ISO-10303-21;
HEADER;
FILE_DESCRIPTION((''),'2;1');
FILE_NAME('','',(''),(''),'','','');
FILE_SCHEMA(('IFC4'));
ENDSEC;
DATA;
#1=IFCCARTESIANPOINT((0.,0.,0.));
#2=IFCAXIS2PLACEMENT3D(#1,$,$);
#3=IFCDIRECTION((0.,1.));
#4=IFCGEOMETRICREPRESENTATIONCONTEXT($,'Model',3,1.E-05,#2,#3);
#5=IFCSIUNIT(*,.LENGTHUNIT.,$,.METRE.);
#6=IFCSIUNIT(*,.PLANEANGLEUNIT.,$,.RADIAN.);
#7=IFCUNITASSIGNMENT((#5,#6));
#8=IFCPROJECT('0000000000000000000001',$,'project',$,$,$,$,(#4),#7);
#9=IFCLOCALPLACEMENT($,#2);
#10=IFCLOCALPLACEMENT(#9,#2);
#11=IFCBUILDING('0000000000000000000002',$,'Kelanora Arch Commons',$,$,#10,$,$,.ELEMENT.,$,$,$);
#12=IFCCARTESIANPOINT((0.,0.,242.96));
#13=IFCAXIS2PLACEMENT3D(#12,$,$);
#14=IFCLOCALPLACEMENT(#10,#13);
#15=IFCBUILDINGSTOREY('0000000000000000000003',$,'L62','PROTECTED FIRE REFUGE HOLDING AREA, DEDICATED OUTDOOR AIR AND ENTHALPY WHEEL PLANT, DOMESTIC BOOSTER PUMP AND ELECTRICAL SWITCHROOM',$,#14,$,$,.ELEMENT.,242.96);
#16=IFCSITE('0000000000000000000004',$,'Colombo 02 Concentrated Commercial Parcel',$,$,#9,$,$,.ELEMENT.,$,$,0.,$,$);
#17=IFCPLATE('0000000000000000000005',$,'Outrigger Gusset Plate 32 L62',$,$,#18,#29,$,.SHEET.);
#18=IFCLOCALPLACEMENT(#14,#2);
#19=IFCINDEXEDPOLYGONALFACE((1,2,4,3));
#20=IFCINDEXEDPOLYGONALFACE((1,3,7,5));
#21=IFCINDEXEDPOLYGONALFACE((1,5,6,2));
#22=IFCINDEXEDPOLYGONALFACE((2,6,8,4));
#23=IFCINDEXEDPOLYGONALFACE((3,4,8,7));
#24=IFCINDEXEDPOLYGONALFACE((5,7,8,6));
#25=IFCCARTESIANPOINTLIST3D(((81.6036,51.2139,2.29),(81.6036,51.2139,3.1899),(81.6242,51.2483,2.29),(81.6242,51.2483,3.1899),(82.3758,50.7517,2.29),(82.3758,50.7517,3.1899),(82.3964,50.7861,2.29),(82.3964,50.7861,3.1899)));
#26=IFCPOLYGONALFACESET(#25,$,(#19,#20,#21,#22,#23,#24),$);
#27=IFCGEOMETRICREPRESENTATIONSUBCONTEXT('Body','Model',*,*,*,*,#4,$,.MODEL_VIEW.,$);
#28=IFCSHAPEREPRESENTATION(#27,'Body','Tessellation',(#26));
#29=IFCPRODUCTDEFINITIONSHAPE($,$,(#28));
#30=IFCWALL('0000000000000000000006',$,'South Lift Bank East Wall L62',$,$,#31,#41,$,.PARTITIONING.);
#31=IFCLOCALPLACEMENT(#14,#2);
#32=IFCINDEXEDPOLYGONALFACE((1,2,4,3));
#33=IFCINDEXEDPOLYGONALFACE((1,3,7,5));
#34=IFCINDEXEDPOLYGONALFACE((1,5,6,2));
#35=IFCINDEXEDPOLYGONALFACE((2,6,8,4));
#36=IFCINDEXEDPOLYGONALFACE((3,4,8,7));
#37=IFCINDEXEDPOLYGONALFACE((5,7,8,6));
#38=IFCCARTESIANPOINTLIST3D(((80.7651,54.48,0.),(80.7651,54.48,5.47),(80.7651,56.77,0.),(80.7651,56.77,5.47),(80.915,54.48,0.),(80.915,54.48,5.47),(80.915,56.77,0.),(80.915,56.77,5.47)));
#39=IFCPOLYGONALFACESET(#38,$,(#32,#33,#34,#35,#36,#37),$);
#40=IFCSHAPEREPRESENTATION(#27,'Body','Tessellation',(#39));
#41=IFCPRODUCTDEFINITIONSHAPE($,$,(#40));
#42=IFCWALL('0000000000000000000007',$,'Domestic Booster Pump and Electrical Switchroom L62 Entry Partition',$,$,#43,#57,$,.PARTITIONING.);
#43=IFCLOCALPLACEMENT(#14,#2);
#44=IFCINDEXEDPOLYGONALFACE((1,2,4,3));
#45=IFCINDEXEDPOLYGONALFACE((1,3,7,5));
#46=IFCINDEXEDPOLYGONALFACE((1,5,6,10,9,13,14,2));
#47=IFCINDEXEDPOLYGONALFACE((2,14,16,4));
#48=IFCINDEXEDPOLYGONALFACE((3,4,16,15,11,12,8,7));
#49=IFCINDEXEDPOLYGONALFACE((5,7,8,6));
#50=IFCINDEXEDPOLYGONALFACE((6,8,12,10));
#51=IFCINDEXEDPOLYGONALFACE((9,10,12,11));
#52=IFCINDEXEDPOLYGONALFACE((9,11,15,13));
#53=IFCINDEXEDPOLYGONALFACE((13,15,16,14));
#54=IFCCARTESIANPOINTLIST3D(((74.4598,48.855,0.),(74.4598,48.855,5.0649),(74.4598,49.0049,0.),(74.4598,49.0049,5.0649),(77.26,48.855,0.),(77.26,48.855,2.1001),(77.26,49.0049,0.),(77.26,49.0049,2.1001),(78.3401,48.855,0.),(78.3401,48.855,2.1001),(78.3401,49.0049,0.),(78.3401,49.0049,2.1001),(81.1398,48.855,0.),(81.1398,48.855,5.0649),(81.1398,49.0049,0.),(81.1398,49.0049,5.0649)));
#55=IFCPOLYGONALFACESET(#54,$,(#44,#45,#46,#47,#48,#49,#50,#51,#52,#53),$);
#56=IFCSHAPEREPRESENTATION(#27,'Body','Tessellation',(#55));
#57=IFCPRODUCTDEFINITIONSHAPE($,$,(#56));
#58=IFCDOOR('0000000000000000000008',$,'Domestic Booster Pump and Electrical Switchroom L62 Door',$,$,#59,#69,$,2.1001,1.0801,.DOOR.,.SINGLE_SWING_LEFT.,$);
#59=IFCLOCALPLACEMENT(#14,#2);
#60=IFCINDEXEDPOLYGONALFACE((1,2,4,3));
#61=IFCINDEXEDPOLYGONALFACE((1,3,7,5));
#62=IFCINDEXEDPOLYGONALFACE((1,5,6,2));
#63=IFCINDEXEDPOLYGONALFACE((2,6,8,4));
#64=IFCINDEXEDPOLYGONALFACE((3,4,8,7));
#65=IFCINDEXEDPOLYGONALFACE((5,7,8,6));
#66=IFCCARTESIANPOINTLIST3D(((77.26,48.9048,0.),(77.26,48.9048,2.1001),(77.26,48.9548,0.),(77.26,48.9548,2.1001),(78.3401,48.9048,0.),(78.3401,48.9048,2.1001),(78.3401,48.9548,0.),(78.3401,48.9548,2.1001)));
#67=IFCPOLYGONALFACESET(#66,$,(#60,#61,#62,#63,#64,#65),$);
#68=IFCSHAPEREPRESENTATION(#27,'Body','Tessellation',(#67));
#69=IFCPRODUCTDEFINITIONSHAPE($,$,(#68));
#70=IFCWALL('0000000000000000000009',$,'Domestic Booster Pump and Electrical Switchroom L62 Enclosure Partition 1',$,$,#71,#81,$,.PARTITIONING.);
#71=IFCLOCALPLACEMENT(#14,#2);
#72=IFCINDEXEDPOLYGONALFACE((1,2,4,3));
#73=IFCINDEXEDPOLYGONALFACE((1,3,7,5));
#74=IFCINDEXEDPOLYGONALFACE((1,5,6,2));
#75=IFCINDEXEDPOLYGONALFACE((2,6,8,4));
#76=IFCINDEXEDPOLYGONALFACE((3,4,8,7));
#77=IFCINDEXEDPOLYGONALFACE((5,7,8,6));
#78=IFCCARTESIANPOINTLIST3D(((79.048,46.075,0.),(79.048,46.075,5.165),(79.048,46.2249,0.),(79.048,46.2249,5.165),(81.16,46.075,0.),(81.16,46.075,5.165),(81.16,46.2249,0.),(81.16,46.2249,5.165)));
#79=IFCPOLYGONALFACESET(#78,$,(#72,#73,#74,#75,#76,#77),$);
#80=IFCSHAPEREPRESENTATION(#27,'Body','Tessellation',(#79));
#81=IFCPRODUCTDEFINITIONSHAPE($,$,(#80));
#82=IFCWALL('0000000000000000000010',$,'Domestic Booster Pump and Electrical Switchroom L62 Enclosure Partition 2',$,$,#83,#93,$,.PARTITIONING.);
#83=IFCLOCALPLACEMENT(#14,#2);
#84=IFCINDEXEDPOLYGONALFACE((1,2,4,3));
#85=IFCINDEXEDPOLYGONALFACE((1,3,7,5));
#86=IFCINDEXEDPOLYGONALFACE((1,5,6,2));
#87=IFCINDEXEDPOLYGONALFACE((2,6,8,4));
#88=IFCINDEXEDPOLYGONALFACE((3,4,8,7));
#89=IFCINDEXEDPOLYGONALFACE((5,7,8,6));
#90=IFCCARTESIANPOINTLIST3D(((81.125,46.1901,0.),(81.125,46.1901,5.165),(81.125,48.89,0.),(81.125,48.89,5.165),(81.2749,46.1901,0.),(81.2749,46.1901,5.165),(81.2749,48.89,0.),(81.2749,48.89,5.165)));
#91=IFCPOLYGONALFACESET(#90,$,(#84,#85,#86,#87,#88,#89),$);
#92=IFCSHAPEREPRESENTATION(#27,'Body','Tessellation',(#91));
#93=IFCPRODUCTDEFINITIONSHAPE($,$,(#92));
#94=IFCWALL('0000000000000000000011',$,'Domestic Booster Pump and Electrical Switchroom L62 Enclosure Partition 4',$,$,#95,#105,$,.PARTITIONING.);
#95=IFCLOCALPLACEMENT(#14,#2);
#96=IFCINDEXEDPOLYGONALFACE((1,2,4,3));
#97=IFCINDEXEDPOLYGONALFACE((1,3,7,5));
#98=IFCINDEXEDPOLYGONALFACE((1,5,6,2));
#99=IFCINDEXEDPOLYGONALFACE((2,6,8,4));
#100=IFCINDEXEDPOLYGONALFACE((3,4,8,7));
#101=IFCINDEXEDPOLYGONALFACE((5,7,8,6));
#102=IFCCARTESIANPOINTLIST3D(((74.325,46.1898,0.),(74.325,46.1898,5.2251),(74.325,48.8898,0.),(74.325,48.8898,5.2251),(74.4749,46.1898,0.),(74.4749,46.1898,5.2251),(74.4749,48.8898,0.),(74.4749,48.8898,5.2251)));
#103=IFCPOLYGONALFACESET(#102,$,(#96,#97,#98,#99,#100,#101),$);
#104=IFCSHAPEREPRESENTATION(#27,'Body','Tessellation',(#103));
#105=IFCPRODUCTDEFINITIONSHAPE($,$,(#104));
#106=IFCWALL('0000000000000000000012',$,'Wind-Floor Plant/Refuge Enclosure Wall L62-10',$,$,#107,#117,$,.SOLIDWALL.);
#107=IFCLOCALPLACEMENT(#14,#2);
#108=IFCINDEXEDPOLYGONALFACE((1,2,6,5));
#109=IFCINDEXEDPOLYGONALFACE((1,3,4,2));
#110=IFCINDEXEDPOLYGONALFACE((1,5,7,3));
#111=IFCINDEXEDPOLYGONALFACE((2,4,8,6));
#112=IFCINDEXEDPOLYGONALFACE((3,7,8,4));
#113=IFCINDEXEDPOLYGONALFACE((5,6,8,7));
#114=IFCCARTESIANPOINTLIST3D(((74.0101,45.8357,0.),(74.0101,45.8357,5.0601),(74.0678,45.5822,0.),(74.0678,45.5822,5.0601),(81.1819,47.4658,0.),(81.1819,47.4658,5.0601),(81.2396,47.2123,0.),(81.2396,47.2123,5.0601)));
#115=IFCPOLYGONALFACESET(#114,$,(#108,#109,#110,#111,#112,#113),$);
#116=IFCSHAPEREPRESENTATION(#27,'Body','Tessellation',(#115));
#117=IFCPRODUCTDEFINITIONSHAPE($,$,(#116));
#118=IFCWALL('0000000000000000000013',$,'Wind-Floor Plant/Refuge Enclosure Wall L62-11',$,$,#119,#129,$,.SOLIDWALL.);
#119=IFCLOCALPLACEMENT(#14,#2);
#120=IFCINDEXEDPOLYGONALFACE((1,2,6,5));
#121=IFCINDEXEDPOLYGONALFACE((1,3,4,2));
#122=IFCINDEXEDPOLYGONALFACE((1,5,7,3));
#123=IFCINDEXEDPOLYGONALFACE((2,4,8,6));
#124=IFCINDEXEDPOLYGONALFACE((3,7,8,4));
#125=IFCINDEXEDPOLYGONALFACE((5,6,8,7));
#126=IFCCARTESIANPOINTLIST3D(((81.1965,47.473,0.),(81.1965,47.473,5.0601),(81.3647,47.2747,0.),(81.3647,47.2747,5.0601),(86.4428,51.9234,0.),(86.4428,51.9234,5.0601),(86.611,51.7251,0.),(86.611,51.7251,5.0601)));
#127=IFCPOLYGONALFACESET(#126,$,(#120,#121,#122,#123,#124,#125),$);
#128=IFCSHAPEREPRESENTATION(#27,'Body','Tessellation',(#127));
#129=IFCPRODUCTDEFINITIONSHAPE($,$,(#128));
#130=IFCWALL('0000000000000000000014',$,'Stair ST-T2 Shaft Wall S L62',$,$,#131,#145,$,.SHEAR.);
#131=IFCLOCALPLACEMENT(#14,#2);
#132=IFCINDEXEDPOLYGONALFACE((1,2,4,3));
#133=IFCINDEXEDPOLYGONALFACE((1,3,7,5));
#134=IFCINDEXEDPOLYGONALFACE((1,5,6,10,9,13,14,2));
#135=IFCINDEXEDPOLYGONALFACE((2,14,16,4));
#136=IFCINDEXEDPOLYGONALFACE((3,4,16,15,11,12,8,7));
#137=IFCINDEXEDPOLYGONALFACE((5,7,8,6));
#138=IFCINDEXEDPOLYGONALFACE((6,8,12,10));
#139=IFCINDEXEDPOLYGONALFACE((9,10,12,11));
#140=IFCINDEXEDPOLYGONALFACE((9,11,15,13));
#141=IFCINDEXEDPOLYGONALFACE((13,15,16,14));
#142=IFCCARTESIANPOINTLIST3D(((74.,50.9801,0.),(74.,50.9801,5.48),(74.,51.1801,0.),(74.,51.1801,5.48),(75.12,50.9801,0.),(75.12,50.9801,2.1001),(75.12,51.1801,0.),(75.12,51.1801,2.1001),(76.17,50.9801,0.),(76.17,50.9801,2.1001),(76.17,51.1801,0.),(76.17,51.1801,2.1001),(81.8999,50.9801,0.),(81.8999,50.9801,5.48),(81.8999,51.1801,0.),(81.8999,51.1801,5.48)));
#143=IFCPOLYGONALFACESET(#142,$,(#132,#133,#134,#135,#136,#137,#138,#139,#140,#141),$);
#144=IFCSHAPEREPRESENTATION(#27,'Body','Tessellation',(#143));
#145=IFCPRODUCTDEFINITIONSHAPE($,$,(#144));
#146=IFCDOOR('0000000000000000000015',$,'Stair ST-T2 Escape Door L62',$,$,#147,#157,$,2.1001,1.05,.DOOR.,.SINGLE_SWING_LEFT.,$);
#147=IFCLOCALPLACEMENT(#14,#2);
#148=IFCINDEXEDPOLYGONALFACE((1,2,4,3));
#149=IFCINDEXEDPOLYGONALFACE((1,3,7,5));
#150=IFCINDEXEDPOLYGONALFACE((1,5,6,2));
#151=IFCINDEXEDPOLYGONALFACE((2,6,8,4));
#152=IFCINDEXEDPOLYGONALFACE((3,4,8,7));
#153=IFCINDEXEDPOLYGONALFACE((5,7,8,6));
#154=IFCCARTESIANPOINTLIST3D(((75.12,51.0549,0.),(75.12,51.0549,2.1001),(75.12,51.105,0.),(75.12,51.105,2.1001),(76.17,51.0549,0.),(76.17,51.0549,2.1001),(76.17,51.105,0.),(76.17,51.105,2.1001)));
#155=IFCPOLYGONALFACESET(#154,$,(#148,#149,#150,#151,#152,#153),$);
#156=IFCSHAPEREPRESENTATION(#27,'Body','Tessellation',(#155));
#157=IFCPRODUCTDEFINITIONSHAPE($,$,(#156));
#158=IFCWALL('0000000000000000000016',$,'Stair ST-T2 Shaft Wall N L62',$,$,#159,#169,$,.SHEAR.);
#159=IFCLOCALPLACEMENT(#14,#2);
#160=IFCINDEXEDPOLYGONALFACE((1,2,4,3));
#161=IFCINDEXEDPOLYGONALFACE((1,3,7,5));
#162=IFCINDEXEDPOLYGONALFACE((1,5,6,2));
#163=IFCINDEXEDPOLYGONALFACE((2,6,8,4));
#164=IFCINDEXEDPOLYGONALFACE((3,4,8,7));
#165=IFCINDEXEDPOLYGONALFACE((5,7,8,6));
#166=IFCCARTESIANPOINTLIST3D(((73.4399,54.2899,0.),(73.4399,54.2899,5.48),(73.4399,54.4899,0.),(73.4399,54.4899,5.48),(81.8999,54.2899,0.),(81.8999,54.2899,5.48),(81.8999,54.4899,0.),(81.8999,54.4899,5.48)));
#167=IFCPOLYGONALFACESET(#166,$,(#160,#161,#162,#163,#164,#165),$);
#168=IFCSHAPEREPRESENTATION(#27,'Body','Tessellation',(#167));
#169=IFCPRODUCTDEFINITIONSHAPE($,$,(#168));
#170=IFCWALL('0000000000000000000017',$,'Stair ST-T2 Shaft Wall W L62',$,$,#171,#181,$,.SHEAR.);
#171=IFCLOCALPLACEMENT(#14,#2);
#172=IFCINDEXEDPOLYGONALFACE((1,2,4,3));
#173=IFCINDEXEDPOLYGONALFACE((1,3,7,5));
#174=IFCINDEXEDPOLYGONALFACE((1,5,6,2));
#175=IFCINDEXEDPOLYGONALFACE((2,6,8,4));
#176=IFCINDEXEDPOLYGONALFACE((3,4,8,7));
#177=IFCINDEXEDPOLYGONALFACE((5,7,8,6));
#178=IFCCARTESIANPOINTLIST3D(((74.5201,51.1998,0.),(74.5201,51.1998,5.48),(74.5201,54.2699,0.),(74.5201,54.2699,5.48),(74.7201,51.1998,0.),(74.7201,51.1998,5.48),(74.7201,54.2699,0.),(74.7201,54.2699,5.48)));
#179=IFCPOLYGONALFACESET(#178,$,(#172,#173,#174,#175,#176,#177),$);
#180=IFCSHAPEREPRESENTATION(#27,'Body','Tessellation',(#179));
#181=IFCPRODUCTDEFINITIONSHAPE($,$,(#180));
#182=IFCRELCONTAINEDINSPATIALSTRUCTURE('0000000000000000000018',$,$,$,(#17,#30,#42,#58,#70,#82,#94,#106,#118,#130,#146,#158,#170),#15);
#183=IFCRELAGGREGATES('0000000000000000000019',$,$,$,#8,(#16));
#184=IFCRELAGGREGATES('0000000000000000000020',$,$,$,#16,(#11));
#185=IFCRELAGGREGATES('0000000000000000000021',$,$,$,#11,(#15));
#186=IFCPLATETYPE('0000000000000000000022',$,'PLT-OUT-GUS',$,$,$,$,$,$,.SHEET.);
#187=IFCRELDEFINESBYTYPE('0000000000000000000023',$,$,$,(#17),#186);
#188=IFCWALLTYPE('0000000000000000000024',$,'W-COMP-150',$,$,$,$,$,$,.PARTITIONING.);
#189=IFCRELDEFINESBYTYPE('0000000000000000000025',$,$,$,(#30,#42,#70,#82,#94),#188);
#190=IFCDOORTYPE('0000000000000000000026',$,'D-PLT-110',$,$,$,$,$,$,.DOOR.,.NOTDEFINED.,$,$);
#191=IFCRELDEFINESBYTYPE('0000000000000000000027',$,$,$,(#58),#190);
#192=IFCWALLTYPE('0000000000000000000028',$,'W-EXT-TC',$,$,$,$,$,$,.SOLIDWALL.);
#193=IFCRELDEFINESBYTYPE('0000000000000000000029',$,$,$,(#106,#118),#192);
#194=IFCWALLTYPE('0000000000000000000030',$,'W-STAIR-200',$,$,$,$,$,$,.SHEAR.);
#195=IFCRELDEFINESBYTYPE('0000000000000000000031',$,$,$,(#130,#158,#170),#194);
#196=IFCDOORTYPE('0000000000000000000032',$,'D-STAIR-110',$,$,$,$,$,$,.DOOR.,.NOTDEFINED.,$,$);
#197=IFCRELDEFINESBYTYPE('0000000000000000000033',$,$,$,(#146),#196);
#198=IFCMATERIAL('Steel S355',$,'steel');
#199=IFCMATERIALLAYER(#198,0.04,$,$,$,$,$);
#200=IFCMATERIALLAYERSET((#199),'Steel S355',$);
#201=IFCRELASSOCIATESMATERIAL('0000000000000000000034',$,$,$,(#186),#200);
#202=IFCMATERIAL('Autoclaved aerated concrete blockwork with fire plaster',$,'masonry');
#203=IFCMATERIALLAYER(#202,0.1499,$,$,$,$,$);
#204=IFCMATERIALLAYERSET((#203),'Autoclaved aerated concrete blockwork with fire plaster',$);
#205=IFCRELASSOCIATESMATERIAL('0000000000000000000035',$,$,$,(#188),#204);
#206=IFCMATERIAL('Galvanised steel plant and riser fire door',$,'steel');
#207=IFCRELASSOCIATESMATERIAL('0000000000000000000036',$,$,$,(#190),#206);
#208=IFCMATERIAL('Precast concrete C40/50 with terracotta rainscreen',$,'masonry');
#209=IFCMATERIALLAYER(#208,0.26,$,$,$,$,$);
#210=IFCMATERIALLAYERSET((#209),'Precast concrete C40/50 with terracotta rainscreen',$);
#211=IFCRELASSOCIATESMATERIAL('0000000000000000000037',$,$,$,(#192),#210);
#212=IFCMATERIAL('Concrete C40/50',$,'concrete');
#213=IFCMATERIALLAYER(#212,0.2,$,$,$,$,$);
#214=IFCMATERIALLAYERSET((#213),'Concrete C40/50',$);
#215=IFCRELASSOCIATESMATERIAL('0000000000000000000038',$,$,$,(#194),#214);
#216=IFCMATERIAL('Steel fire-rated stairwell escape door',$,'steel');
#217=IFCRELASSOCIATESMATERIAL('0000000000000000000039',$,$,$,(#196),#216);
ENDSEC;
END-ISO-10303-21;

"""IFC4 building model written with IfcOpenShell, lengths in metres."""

from ifc_helpers import new_model, si_unit, direction, frame, frame_2d, origin, origin_2d, place, context, subcontext, project, spatial, rectangle, extrude, source, transform, mapped, material, layer, layer_set, type_object, element, fill, save


model = new_model("IFC4")

# Units and contexts
model_context = context("Model", 3, precision=1e-05, world=origin(), true_north=direction((0.0, 1.0)))
body_context = subcontext(model_context, "Body", "Model", "MODEL_VIEW")
ifc_project = project(units=[si_unit("LENGTHUNIT", "METRE"), si_unit("PLANEANGLEUNIT", "RADIAN")], contexts=[model_context])

# Site, building, storey
site_placement = place(None, origin())
site = spatial("IfcSite", under=ifc_project, at=site_placement, Name="Colombo 02 Concentrated Commercial Parcel", CompositionType="ELEMENT", RefElevation=0.0)
building_placement = place(site_placement, origin())
building = spatial("IfcBuilding", under=site, at=building_placement, Name="Kelanora Arch Commons", CompositionType="ELEMENT")
storey_placement = place(building_placement, frame((0.0, 0.0, 242.96)))
storey = spatial("IfcBuildingStorey", under=building, at=storey_placement, Name="L62", Description="PROTECTED FIRE REFUGE HOLDING AREA, DEDICATED OUTDOOR AIR AND ENTHALPY WHEEL PLANT, DOMESTIC BOOSTER PUMP AND ELECTRICAL SWITCHROOM", CompositionType="ELEMENT", Elevation=242.96)

# Shared definitions
ifc_material_1 = material(Name="Steel S355", Category="steel")

# Plate
ifc_layer_1 = layer(ifc_material_1, 0.04)
ifc_layer_set_1 = layer_set([ifc_layer_1], Name="Steel S355")
plate_type = type_object("IfcPlateType", Name="PLT-OUT-GUS", PredefinedType="SHEET", material=ifc_layer_set_1)
shared_shape_1 = source(origin(), body_context, "Body", "SweptSolid", [
    extrude(rectangle(XDim=0.8999, YDim=0.04, at=origin_2d()), origin(), (0.0, 0.0, 1.0), 0.8999),
])
plate_placement = place(storey_placement, frame((82.0, 51.0, 2.29), z_axis=(0.0, 0.0, 1.0), x_axis=(0.858052, -0.513562, 0.0)))
element("IfcPlate", 1, at=plate_placement, inside=storey, type_object=plate_type, Name="Outrigger Gusset Plate 32 L62", PredefinedType="SHEET", context=body_context, shape_type="MappedRepresentation", body=[
    mapped(shared_shape_1, transform((0.0, 0.0, 0.0), scale=1.0)),
])

# Wall
ifc_material_2 = material(Name="Autoclaved aerated concrete blockwork with fire plaster", Category="masonry")
ifc_layer_2 = layer(ifc_material_2, 0.1499)
ifc_layer_set_2 = layer_set([ifc_layer_2], Name="Autoclaved aerated concrete blockwork with fire plaster")
wall_type_1 = type_object("IfcWallType", Name="W-COMP-150", PredefinedType="PARTITIONING", material=ifc_layer_set_2)
wall_1_placement = place(storey_placement, frame((80.8401, 54.48, 0.0), z_axis=(0.0, 0.0, 1.0), x_axis=(0.0, 1.0, 0.0)))
element("IfcWall", 2, at=wall_1_placement, inside=storey, type_object=wall_type_1, Name="South Lift Bank East Wall L62", PredefinedType="PARTITIONING", context=body_context, shape_type="SweptSolid", body=[
    extrude(rectangle(XDim=2.29, YDim=0.1499, at=frame_2d((1.145, 0.0))), origin(), (0.0, 0.0, 1.0), 5.47),
])

# Wall, opening, door
wall_2_placement = place(storey_placement, frame((74.46, 48.9299, 0.0), z_axis=(0.0, 0.0, 1.0), x_axis=(1.0, 0.0, 0.0)))
wall_2 = element("IfcWall", 3, at=wall_2_placement, inside=storey, type_object=wall_type_1, Name="Domestic Booster Pump and Electrical Switchroom L62 Entry Partition", PredefinedType="PARTITIONING", context=body_context, shape_type="SweptSolid", body=[
    extrude(rectangle(XDim=6.6799, YDim=0.1499, at=frame_2d((3.3398, 0.0))), origin(), (0.0, 0.0, 1.0), 5.0649),
])
opening_1_placement = place(wall_2_placement, frame((2.8, 0.0, 0.0)))
opening_1 = element("IfcOpeningElement", 4, at=opening_1_placement, cuts=wall_2, PredefinedType="OPENING", context=body_context, shape_type="SweptSolid", body=[
    extrude(rectangle(XDim=1.0801, YDim=2.1001, at=frame_2d((0.54, 1.05))), frame((0.0, 0.085, 0.0), z_axis=(0.0, -1.0, 0.0), x_axis=(1.0, 0.0, 0.0)), (0.0, 0.0, 1.0), 0.1699),
])
ifc_material_3 = material(Name="Galvanised steel plant and riser fire door", Category="steel")
door_type_1 = type_object("IfcDoorType", Name="D-PLT-110", OperationType="NOTDEFINED", PredefinedType="DOOR", material=ifc_material_3)
door_1_placement = place(opening_1_placement, origin())
door_1 = element("IfcDoor", 5, at=door_1_placement, inside=storey, type_object=door_type_1, Name="Domestic Booster Pump and Electrical Switchroom L62 Door", OperationType="SINGLE_SWING_LEFT", OverallHeight=2.1001, OverallWidth=1.0801, PredefinedType="DOOR", context=body_context, shape_type="SweptSolid", body=[
    extrude(rectangle(XDim=1.0801, YDim=2.1001, at=frame_2d((0.54, 1.05))), frame((0.0, 0.0249, 0.0), z_axis=(0.0, -1.0, 0.0), x_axis=(1.0, 0.0, 0.0)), (0.0, 0.0, 1.0), 0.05),
])
fill(opening_1, door_1)

# Walls
wall_3_placement = place(storey_placement, frame((79.0479, 46.1499, 0.0), z_axis=(0.0, 0.0, 1.0), x_axis=(1.0, 0.0, 0.0)))
element("IfcWall", 6, at=wall_3_placement, inside=storey, type_object=wall_type_1, Name="Domestic Booster Pump and Electrical Switchroom L62 Enclosure Partition 1", PredefinedType="PARTITIONING", context=body_context, shape_type="SweptSolid", body=[
    extrude(rectangle(XDim=2.1121, YDim=0.1499, at=frame_2d((1.0562, 0.0))), origin(), (0.0, 0.0, 1.0), 5.165),
])
wall_4_placement = place(storey_placement, frame((81.2, 46.1899, 0.0), z_axis=(0.0, 0.0, 1.0), x_axis=(0.0, 1.0, 0.0)))
element("IfcWall", 7, at=wall_4_placement, inside=storey, type_object=wall_type_1, Name="Domestic Booster Pump and Electrical Switchroom L62 Enclosure Partition 2", PredefinedType="PARTITIONING", context=body_context, shape_type="SweptSolid", body=[
    extrude(rectangle(XDim=2.7, YDim=0.1499, at=frame_2d((1.3501, 0.0))), origin(), (0.0, 0.0, 1.0), 5.165),
])
wall_5_placement = place(storey_placement, frame((74.3999, 48.8899, 0.0), z_axis=(0.0, 0.0, 1.0), x_axis=(0.0, -1.0, 0.0)))
element("IfcWall", 8, at=wall_5_placement, inside=storey, type_object=wall_type_1, Name="Domestic Booster Pump and Electrical Switchroom L62 Enclosure Partition 4", PredefinedType="PARTITIONING", context=body_context, shape_type="SweptSolid", body=[
    extrude(rectangle(XDim=2.7, YDim=0.1499, at=frame_2d((1.3501, 0.0))), origin(), (0.0, 0.0, 1.0), 5.2251),
])
ifc_material_4 = material(Name="Precast concrete C40/50 with terracotta rainscreen", Category="masonry")
ifc_layer_3 = layer(ifc_material_4, 0.26)
ifc_layer_set_3 = layer_set([ifc_layer_3], Name="Precast concrete C40/50 with terracotta rainscreen")
wall_type_2 = type_object("IfcWallType", Name="W-EXT-TC", PredefinedType="SOLIDWALL", material=ifc_layer_set_3)
wall_6_placement = place(storey_placement, frame((74.0391, 45.709, 0.0), z_axis=(0.0, 0.0, 1.0), x_axis=(0.975128, 0.221641, 0.0)))
element("IfcWall", 9, at=wall_6_placement, inside=storey, type_object=wall_type_2, Name="Wind-Floor Plant/Refuge Enclosure Wall L62-10", PredefinedType="SOLIDWALL", context=body_context, shape_type="SweptSolid", body=[
    extrude(rectangle(XDim=7.3547, YDim=0.26, at=frame_2d((3.6772, 0.0))), origin(), (0.0, 0.0, 1.0), 5.0601),
])
wall_7_placement = place(storey_placement, frame((81.2805, 47.3738, 0.0), z_axis=(0.0, 0.0, 1.0), x_axis=(0.762581, 0.646893, 0.0)))
element("IfcWall", 10, at=wall_7_placement, inside=storey, type_object=wall_type_2, Name="Wind-Floor Plant/Refuge Enclosure Wall L62-11", PredefinedType="SOLIDWALL", context=body_context, shape_type="SweptSolid", body=[
    extrude(rectangle(XDim=6.8796, YDim=0.26, at=frame_2d((3.4399, 0.0))), origin(), (0.0, 0.0, 1.0), 5.0601),
])

# Wall, opening, door
ifc_material_5 = material(Name="Concrete C40/50", Category="concrete")
ifc_layer_4 = layer(ifc_material_5, 0.2)
ifc_layer_set_4 = layer_set([ifc_layer_4], Name="Concrete C40/50")
wall_type_3 = type_object("IfcWallType", Name="W-STAIR-200", PredefinedType="SHEAR", material=ifc_layer_set_4)
wall_8_placement = place(storey_placement, frame((74.0, 51.0801, 0.0), z_axis=(0.0, 0.0, 1.0), x_axis=(1.0, 0.0, 0.0)))
wall_8 = element("IfcWall", 11, at=wall_8_placement, inside=storey, type_object=wall_type_3, Name="Stair ST-T2 Shaft Wall S L62", PredefinedType="SHEAR", context=body_context, shape_type="SweptSolid", body=[
    extrude(rectangle(XDim=7.8999, YDim=0.2, at=frame_2d((3.95, 0.0))), origin(), (0.0, 0.0, 1.0), 5.48),
])
opening_2_placement = place(wall_8_placement, frame((1.1201, 0.0, 0.0)))
opening_2 = element("IfcOpeningElement", 12, at=opening_2_placement, cuts=wall_8, PredefinedType="OPENING", context=body_context, shape_type="SweptSolid", body=[
    extrude(rectangle(XDim=1.05, YDim=2.1001, at=frame_2d((0.5249, 1.05))), frame((0.0, 0.1099, 0.0), z_axis=(0.0, -1.0, 0.0), x_axis=(1.0, 0.0, 0.0)), (0.0, 0.0, 1.0), 0.22),
])
ifc_material_6 = material(Name="Steel fire-rated stairwell escape door", Category="steel")
door_type_2 = type_object("IfcDoorType", Name="D-STAIR-110", OperationType="NOTDEFINED", PredefinedType="DOOR", material=ifc_material_6)
door_2_placement = place(opening_2_placement, origin())
door_2 = element("IfcDoor", 13, at=door_2_placement, inside=storey, type_object=door_type_2, Name="Stair ST-T2 Escape Door L62", OperationType="SINGLE_SWING_LEFT", OverallHeight=2.1001, OverallWidth=1.05, PredefinedType="DOOR", context=body_context, shape_type="SweptSolid", body=[
    extrude(rectangle(XDim=1.05, YDim=2.1001, at=frame_2d((0.5249, 1.05))), frame((0.0, 0.0249, 0.0), z_axis=(0.0, -1.0, 0.0), x_axis=(1.0, 0.0, 0.0)), (0.0, 0.0, 1.0), 0.05),
])
fill(opening_2, door_2)

# Walls
wall_9_placement = place(storey_placement, frame((81.8999, 54.3899, 0.0), z_axis=(0.0, 0.0, 1.0), x_axis=(-1.0, 0.0, 0.0)))
element("IfcWall", 14, at=wall_9_placement, inside=storey, type_object=wall_type_3, Name="Stair ST-T2 Shaft Wall N L62", PredefinedType="SHEAR", context=body_context, shape_type="SweptSolid", body=[
    extrude(rectangle(XDim=8.46, YDim=0.2, at=frame_2d((4.23, 0.0))), origin(), (0.0, 0.0, 1.0), 5.48),
])
wall_10_placement = place(storey_placement, frame((74.6201, 54.27, 0.0), z_axis=(0.0, 0.0, 1.0), x_axis=(0.0, -1.0, 0.0)))
element("IfcWall", 15, at=wall_10_placement, inside=storey, type_object=wall_type_3, Name="Stair ST-T2 Shaft Wall W L62", PredefinedType="SHEAR", context=body_context, shape_type="SweptSolid", body=[
    extrude(rectangle(XDim=3.0701, YDim=0.2, at=frame_2d((1.5352, 0.0))), origin(), (0.0, 0.0, 1.0), 5.48),
])

save(model, "model.ifc")
